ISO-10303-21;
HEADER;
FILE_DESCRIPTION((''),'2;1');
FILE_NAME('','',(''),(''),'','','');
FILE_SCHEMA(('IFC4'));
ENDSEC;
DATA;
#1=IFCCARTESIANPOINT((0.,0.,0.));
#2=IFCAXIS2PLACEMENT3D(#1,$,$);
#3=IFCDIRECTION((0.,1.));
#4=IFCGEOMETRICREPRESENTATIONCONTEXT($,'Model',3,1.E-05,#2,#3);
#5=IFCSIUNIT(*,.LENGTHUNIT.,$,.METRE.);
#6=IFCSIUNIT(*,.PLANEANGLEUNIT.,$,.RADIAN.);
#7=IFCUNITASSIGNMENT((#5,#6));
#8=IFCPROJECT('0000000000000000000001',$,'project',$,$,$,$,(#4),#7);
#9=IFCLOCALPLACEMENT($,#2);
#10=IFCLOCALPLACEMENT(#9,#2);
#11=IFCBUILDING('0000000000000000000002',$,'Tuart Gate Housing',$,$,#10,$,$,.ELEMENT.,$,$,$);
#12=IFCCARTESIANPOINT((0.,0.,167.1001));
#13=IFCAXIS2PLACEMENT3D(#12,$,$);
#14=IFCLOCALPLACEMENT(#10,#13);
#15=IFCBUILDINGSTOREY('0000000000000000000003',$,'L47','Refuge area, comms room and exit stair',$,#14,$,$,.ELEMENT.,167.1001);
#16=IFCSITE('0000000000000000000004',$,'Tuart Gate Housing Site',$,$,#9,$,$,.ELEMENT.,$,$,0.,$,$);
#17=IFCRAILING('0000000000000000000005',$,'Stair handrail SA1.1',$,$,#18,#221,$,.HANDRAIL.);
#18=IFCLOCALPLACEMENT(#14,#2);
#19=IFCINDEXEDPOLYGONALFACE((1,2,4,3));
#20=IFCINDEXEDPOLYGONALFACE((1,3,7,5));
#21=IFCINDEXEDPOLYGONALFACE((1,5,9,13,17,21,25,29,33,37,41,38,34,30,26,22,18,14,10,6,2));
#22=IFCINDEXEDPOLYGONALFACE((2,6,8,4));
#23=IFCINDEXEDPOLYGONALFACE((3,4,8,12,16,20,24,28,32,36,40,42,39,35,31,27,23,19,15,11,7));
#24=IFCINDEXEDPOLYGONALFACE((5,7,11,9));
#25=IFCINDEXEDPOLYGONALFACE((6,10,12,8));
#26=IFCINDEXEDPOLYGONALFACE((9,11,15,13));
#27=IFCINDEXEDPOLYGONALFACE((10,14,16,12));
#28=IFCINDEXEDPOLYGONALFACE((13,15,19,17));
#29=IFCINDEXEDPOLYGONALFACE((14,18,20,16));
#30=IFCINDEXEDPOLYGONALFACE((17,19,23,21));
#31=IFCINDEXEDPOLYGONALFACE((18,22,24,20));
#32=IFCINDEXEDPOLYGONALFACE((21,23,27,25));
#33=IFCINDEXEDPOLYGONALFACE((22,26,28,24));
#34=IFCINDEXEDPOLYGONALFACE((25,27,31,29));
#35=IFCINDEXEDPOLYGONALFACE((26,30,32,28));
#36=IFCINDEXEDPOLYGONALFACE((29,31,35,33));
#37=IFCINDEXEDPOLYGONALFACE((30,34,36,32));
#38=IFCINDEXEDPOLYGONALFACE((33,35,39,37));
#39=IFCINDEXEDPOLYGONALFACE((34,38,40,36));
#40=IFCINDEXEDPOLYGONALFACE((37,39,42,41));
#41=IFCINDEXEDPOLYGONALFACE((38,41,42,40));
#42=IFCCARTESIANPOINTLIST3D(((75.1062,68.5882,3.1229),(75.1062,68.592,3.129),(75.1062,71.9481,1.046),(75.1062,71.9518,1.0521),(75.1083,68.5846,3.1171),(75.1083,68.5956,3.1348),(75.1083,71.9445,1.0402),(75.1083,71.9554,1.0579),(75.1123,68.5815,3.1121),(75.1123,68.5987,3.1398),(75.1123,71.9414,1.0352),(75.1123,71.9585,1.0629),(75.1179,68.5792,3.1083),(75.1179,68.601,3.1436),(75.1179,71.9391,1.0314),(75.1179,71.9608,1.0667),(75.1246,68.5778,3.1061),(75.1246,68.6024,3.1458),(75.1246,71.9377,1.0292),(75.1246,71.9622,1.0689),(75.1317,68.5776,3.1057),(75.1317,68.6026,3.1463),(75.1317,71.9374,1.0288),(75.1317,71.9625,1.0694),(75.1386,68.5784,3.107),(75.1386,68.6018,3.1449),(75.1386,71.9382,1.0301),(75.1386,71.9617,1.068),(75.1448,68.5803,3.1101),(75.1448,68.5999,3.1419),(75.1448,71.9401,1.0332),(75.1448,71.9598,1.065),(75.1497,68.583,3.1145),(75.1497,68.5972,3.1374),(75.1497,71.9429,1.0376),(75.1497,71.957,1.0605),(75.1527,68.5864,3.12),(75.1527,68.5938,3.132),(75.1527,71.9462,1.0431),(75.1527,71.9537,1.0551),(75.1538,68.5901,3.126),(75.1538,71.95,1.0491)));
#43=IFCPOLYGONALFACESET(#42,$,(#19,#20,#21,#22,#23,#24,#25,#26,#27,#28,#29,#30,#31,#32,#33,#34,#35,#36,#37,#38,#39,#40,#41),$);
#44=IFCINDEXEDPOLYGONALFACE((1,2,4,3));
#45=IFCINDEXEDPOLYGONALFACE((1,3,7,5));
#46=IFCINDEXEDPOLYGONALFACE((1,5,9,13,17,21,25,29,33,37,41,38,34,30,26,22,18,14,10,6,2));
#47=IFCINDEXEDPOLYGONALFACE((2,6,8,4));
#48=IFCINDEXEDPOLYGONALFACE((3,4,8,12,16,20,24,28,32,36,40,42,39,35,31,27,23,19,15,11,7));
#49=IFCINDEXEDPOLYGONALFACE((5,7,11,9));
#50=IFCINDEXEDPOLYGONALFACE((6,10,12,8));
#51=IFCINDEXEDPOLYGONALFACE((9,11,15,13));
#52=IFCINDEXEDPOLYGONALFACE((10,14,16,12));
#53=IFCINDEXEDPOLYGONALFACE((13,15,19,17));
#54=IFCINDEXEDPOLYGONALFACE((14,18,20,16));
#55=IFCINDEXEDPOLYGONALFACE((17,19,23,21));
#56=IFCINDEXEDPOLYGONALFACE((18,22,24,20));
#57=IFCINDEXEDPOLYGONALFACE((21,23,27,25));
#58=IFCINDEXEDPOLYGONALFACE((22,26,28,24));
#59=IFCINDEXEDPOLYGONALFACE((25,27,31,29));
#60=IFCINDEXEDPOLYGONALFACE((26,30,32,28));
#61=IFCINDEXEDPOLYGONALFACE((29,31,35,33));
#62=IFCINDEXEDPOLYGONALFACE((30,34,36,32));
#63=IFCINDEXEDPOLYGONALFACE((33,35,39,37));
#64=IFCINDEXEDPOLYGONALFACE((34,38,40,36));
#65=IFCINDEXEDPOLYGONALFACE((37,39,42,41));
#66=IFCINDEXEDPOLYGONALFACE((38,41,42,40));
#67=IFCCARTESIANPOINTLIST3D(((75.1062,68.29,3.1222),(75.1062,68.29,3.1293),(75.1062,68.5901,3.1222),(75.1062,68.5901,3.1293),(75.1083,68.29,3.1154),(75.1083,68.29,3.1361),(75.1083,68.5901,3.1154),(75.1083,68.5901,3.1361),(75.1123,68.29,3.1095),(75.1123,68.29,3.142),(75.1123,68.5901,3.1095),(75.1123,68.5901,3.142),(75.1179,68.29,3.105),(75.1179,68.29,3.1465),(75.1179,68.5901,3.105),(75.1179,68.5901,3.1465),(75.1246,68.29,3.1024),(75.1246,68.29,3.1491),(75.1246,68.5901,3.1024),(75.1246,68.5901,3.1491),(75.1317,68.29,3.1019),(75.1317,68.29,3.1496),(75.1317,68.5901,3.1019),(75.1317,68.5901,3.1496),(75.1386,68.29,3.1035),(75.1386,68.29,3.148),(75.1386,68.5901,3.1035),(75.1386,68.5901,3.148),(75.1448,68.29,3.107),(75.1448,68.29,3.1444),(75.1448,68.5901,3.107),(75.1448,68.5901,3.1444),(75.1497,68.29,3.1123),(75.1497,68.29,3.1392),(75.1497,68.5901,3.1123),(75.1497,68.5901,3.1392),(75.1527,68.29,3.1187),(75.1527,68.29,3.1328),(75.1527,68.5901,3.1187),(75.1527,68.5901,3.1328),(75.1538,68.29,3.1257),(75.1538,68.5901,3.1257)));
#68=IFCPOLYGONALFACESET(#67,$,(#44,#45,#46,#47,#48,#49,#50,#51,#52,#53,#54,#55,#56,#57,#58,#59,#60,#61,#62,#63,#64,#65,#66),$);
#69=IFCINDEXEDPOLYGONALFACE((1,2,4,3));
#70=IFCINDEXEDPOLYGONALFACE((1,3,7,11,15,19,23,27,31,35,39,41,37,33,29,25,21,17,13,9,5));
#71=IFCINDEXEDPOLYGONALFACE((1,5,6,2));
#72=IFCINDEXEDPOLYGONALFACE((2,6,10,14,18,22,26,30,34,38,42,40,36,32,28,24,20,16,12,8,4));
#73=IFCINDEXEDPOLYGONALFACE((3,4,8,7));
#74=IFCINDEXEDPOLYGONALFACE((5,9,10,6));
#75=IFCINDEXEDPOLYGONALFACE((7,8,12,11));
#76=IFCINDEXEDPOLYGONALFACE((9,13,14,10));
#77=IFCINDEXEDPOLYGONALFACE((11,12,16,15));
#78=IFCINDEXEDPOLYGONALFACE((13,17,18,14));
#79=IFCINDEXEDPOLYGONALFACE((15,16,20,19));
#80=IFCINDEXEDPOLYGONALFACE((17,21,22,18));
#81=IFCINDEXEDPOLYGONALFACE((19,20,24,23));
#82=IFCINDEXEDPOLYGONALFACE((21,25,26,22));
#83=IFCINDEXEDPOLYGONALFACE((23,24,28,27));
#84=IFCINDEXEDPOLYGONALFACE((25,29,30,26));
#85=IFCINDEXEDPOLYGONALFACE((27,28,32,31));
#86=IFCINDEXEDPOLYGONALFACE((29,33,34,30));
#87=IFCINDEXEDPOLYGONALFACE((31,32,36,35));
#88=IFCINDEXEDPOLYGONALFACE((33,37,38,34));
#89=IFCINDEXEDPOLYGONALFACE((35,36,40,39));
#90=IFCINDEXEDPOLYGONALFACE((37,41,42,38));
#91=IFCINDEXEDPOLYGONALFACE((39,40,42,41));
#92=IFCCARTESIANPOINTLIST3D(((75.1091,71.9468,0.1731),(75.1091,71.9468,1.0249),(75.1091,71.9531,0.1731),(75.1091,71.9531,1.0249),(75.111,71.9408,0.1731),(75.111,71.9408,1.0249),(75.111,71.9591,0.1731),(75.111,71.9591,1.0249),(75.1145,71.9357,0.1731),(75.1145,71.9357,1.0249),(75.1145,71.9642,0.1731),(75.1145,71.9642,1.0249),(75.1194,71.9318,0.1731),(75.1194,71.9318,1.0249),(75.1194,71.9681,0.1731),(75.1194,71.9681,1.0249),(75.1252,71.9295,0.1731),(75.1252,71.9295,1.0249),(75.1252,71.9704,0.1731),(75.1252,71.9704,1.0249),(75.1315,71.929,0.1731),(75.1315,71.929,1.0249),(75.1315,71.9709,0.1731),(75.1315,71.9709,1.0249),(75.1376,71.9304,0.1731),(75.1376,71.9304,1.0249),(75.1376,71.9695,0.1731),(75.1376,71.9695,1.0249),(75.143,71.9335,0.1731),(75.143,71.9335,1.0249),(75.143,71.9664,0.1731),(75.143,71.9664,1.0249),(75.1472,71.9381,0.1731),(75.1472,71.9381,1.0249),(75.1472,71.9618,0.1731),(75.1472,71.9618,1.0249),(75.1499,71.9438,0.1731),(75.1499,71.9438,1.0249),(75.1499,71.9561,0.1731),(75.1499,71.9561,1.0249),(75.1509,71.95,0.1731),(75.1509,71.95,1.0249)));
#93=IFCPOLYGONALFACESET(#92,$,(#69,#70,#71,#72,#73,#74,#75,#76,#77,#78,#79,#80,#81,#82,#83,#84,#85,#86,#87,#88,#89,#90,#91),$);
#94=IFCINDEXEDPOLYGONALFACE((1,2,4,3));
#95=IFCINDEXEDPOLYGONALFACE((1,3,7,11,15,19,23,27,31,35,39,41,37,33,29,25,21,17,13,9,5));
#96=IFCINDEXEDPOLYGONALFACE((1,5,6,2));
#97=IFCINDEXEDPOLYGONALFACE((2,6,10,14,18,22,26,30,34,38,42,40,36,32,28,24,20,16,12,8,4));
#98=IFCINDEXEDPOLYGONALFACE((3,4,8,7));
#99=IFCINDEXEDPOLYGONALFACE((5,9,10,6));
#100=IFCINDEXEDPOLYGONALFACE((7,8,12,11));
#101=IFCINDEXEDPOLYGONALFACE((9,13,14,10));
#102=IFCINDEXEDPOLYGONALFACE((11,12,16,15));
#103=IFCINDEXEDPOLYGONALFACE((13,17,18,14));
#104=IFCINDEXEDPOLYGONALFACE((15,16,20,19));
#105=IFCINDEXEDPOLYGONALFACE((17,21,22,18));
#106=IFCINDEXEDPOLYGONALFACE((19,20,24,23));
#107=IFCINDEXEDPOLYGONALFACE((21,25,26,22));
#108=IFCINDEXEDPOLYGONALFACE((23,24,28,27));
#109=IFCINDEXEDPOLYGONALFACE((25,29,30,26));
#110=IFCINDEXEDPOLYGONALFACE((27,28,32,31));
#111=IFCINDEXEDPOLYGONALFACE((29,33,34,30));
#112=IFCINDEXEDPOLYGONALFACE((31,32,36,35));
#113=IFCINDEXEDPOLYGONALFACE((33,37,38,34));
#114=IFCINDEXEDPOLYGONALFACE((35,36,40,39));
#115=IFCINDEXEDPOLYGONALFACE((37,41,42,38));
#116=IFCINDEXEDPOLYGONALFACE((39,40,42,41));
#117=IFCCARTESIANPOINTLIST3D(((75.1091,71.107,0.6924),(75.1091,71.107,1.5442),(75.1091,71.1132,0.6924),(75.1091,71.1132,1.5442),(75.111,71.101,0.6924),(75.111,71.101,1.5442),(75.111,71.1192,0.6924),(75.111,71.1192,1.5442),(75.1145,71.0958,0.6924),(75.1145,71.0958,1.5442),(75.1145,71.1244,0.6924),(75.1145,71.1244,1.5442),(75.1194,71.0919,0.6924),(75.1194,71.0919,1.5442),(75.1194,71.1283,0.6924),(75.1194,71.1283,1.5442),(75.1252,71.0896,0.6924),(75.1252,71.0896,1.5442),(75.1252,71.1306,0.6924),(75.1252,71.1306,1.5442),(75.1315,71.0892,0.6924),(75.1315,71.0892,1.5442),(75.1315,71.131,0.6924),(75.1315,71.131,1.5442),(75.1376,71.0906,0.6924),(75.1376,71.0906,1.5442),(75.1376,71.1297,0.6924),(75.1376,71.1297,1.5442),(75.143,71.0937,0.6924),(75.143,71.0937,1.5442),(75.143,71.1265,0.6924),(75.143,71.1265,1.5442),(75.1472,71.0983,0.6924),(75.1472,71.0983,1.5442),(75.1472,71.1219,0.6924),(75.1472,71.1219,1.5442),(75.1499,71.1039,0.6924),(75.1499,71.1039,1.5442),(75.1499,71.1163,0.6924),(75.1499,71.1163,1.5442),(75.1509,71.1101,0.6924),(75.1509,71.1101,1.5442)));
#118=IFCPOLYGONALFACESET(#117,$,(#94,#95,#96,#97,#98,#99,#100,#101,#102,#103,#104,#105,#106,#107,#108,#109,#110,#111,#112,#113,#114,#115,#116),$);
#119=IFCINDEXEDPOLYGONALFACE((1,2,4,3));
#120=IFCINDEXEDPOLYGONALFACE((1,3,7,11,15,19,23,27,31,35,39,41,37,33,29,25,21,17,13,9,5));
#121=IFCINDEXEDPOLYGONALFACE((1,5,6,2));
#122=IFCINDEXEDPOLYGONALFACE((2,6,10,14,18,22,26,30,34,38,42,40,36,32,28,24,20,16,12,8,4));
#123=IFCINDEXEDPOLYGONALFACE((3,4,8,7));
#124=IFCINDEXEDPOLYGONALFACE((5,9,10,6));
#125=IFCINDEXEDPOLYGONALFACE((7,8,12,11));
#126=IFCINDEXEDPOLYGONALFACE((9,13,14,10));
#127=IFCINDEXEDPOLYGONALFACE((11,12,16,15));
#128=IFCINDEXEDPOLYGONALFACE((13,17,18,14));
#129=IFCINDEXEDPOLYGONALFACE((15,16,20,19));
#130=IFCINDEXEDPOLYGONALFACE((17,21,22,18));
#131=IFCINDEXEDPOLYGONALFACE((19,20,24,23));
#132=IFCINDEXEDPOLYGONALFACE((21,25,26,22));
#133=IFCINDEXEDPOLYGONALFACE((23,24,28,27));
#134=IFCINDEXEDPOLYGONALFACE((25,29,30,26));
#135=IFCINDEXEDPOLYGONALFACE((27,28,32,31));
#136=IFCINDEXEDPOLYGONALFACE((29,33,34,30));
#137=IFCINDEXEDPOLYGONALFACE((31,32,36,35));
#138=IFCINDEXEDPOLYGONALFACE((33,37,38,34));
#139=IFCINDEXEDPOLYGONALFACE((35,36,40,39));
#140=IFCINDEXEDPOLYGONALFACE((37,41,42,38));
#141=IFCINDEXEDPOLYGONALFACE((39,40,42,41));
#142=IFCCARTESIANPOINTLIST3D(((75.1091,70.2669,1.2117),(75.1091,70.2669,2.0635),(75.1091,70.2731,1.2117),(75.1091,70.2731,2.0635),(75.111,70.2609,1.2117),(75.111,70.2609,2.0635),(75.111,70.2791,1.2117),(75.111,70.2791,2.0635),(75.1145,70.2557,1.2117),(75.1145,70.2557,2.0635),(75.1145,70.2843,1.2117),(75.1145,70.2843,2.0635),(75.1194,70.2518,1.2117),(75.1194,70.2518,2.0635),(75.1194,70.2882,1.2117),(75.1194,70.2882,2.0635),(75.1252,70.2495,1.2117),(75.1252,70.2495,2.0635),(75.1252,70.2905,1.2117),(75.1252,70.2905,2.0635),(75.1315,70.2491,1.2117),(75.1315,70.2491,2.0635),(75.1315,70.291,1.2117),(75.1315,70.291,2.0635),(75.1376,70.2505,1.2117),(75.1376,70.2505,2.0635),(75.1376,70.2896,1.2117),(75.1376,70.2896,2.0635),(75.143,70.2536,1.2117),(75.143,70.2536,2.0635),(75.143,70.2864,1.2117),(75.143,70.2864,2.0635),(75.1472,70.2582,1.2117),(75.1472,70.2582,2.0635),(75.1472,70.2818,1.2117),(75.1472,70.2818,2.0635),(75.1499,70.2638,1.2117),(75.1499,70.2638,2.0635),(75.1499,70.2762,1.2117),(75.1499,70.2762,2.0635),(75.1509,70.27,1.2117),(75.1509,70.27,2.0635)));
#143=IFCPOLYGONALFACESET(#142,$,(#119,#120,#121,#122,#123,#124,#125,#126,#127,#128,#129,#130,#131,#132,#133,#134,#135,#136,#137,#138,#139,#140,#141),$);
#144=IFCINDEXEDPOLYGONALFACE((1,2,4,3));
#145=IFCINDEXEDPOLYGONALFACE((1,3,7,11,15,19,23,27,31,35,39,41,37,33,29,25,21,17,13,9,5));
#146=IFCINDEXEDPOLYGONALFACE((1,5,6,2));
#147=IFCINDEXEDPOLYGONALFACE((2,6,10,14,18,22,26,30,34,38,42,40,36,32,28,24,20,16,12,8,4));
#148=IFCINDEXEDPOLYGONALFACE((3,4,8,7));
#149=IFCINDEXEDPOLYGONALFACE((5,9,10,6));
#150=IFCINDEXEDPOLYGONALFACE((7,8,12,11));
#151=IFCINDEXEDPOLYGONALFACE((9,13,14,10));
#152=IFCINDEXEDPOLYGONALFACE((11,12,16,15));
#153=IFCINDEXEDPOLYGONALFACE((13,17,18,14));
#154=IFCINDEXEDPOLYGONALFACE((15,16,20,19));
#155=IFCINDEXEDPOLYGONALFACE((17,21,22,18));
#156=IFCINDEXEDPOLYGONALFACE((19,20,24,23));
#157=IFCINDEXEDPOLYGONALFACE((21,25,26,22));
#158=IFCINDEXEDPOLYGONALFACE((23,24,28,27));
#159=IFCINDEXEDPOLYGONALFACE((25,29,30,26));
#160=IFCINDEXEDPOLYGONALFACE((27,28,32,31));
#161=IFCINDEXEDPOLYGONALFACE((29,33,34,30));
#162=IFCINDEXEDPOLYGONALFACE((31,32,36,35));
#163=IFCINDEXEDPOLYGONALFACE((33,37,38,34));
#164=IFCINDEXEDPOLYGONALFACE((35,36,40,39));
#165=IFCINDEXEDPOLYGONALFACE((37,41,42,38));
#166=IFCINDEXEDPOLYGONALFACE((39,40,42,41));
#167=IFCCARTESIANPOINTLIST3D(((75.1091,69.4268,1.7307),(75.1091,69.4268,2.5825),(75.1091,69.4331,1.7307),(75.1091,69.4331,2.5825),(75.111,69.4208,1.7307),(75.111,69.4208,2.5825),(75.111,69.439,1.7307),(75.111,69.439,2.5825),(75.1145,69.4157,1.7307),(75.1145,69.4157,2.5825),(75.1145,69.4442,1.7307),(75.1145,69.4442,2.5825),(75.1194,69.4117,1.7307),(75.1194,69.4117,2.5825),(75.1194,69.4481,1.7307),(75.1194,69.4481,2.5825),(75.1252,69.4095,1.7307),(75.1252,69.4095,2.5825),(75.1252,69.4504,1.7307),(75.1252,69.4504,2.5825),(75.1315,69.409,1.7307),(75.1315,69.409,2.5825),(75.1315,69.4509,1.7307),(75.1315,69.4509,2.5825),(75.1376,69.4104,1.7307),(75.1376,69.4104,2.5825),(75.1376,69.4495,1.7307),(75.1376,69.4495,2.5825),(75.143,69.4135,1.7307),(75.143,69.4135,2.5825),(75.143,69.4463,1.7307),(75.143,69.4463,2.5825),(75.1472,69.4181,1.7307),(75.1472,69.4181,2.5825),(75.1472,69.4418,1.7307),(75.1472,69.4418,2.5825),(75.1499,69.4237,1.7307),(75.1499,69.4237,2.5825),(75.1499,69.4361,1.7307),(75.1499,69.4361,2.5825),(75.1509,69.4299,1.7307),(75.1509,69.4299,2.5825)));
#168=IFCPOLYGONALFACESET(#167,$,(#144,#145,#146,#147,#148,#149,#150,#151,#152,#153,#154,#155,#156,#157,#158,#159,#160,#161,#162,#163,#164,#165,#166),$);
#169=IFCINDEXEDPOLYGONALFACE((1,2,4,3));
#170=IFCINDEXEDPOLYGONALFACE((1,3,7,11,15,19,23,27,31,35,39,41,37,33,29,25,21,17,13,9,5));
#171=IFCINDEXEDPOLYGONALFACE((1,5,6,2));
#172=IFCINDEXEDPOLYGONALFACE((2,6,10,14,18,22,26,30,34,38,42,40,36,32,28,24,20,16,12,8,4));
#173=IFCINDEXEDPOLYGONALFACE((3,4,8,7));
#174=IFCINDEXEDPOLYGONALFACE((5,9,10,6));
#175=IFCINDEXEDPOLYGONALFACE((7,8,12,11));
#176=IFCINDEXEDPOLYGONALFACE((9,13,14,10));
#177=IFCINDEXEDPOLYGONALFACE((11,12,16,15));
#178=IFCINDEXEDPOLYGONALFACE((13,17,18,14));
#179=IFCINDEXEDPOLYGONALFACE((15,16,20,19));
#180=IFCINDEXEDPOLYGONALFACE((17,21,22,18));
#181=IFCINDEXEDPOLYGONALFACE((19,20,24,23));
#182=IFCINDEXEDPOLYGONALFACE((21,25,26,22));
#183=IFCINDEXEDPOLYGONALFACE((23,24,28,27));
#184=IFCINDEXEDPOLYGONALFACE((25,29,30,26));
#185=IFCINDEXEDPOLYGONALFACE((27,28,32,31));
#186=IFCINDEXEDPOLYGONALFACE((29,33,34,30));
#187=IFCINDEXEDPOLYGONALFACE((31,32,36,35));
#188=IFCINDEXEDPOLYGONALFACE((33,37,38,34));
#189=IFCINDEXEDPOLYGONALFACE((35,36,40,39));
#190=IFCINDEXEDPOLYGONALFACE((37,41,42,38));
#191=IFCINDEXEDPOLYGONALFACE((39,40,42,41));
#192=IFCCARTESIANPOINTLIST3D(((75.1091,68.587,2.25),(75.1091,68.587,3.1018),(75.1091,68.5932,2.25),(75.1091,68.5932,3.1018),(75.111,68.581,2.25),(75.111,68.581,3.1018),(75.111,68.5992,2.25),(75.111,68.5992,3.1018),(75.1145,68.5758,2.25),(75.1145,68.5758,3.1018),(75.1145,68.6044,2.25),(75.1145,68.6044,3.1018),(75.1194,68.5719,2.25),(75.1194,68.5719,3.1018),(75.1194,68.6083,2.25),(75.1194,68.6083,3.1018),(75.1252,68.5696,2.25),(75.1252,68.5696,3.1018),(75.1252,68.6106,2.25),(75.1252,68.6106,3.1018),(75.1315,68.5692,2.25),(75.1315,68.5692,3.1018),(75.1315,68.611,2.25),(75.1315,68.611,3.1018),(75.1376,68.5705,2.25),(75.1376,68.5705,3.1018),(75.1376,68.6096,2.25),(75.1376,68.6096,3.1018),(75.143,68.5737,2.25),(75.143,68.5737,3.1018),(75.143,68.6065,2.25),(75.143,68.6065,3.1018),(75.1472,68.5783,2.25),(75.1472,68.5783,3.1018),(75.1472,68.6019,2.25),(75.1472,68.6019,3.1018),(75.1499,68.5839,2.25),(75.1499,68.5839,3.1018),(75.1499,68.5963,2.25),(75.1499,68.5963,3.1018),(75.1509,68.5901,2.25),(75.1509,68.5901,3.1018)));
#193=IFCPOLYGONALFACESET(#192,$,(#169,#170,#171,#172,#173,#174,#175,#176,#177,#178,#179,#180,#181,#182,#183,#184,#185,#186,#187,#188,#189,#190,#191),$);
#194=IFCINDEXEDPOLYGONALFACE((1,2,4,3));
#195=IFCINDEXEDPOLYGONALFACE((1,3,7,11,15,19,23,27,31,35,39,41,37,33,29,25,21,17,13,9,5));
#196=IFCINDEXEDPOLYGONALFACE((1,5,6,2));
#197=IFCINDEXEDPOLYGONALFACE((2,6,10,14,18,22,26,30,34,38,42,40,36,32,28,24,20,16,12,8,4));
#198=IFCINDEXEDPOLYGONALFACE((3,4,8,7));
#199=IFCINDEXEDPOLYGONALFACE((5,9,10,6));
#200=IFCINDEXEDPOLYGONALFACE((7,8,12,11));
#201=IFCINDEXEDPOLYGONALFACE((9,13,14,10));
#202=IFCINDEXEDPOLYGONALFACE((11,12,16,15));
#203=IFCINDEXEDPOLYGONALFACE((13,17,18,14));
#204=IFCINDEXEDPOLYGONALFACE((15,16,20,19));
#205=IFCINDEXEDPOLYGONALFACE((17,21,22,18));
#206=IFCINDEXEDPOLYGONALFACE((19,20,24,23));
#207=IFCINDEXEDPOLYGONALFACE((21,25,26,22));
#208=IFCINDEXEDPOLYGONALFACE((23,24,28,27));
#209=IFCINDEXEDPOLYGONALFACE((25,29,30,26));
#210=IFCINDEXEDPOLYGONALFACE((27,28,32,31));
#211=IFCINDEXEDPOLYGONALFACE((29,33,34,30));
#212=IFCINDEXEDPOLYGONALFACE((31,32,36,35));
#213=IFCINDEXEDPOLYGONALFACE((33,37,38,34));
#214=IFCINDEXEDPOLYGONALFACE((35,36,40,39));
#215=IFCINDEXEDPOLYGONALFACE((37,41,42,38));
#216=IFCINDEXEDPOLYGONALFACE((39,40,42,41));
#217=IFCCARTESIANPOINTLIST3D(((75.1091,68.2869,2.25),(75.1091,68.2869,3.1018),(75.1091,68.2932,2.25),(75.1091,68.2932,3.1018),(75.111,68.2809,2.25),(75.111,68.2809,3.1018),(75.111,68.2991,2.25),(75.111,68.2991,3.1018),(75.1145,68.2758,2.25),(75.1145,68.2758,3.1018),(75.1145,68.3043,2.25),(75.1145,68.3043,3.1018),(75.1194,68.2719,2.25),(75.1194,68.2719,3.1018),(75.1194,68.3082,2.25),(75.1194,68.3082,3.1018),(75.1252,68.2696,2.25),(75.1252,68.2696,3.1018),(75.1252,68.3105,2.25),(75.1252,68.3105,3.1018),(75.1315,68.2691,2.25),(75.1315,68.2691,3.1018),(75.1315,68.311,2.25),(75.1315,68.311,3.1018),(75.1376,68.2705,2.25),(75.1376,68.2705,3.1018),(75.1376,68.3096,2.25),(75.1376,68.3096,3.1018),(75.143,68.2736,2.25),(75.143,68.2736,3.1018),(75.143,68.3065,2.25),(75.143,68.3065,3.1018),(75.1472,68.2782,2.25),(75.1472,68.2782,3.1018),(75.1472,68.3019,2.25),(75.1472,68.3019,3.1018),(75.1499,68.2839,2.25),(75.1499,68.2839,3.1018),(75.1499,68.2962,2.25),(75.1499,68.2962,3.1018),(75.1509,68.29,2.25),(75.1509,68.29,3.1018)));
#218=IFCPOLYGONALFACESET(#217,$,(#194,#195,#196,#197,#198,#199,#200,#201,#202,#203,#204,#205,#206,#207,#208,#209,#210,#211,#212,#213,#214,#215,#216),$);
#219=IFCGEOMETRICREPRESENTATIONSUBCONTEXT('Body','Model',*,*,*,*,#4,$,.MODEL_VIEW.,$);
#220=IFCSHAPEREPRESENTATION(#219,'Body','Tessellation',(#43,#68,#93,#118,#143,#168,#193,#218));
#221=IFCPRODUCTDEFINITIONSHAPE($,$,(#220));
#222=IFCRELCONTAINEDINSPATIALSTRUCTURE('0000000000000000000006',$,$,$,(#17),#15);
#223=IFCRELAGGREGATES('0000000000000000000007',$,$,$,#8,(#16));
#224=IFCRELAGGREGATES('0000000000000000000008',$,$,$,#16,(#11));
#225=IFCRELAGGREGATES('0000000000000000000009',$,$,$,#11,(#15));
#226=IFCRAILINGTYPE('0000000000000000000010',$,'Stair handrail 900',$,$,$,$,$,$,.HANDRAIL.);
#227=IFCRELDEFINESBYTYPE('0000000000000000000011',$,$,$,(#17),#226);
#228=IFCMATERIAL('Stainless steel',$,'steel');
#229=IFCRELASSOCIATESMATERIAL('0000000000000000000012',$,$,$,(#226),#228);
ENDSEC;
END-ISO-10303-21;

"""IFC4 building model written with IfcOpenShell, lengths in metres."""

from ifc_helpers import new_model, si_unit, direction, frame, origin, origin_2d, place, context, subcontext, project, spatial, circle, extrude, material, type_object, element, save


model = new_model("IFC4")

# Units and contexts
model_context = context("Model", 3, precision=1e-05, world=origin(), true_north=direction((0.0, 1.0)))
body_context = subcontext(model_context, "Body", "Model", "MODEL_VIEW")
ifc_project = project(units=[si_unit("LENGTHUNIT", "METRE"), si_unit("PLANEANGLEUNIT", "RADIAN")], contexts=[model_context])

# Site, building, storey
site_placement = place(None, origin())
site = spatial("IfcSite", under=ifc_project, at=site_placement, Name="Tuart Gate Housing Site", CompositionType="ELEMENT", RefElevation=0.0)
building_placement = place(site_placement, origin())
building = spatial("IfcBuilding", under=site, at=building_placement, Name="Tuart Gate Housing", CompositionType="ELEMENT")
storey_placement = place(building_placement, frame((0.0, 0.0, 167.1001)))
storey = spatial("IfcBuildingStorey", under=building, at=storey_placement, Name="L47", Description="Refuge area, comms room and exit stair", CompositionType="ELEMENT", Elevation=167.1001)

# Railing
ifc_material_1 = material(Name="Stainless steel", Category="steel")
railing_type = type_object("IfcRailingType", Name="Stair handrail 900", PredefinedType="HANDRAIL", material=ifc_material_1)
railing_placement = place(storey_placement, frame((75.1299, 71.95, 0.1731)))
element("IfcRailing", 1, at=railing_placement, inside=storey, type_object=railing_type, Name="Stair handrail SA1.1", PredefinedType="HANDRAIL", context=body_context, shape_type="SweptSolid", body=[
    extrude(circle(Radius=0.0239, at=origin_2d()), frame((0.0, 0.0, 0.876), z_axis=(0.0, -0.850606, 0.525803), x_axis=(1.0, 0.0, 0.0)), (0.0, 0.0, 1.0), 3.95),
    extrude(circle(Radius=0.0239, at=origin_2d()), frame((0.0, -3.3599, 2.9526), z_axis=(0.0, -1.0, 0.0), x_axis=(1.0, 0.0, 0.0)), (0.0, 0.0, 1.0), 0.3),
    extrude(circle(Radius=0.021, at=origin_2d()), origin(), (0.0, 0.0, 1.0), 0.8518),
    extrude(circle(Radius=0.021, at=origin_2d()), frame((0.0, -0.8398, 0.5193)), (0.0, 0.0, 1.0), 0.8518),
    extrude(circle(Radius=0.021, at=origin_2d()), frame((0.0, -1.6799, 1.0386)), (0.0, 0.0, 1.0), 0.8518),
    extrude(circle(Radius=0.021, at=origin_2d()), frame((0.0, -2.52, 1.5576)), (0.0, 0.0, 1.0), 0.8518),
    extrude(circle(Radius=0.021, at=origin_2d()), frame((0.0, -3.3599, 2.0769)), (0.0, 0.0, 1.0), 0.8518),
    extrude(circle(Radius=0.021, at=origin_2d()), frame((0.0, -3.6599, 2.0769)), (0.0, 0.0, 1.0), 0.8518),
])

save(model, "model.ifc")
